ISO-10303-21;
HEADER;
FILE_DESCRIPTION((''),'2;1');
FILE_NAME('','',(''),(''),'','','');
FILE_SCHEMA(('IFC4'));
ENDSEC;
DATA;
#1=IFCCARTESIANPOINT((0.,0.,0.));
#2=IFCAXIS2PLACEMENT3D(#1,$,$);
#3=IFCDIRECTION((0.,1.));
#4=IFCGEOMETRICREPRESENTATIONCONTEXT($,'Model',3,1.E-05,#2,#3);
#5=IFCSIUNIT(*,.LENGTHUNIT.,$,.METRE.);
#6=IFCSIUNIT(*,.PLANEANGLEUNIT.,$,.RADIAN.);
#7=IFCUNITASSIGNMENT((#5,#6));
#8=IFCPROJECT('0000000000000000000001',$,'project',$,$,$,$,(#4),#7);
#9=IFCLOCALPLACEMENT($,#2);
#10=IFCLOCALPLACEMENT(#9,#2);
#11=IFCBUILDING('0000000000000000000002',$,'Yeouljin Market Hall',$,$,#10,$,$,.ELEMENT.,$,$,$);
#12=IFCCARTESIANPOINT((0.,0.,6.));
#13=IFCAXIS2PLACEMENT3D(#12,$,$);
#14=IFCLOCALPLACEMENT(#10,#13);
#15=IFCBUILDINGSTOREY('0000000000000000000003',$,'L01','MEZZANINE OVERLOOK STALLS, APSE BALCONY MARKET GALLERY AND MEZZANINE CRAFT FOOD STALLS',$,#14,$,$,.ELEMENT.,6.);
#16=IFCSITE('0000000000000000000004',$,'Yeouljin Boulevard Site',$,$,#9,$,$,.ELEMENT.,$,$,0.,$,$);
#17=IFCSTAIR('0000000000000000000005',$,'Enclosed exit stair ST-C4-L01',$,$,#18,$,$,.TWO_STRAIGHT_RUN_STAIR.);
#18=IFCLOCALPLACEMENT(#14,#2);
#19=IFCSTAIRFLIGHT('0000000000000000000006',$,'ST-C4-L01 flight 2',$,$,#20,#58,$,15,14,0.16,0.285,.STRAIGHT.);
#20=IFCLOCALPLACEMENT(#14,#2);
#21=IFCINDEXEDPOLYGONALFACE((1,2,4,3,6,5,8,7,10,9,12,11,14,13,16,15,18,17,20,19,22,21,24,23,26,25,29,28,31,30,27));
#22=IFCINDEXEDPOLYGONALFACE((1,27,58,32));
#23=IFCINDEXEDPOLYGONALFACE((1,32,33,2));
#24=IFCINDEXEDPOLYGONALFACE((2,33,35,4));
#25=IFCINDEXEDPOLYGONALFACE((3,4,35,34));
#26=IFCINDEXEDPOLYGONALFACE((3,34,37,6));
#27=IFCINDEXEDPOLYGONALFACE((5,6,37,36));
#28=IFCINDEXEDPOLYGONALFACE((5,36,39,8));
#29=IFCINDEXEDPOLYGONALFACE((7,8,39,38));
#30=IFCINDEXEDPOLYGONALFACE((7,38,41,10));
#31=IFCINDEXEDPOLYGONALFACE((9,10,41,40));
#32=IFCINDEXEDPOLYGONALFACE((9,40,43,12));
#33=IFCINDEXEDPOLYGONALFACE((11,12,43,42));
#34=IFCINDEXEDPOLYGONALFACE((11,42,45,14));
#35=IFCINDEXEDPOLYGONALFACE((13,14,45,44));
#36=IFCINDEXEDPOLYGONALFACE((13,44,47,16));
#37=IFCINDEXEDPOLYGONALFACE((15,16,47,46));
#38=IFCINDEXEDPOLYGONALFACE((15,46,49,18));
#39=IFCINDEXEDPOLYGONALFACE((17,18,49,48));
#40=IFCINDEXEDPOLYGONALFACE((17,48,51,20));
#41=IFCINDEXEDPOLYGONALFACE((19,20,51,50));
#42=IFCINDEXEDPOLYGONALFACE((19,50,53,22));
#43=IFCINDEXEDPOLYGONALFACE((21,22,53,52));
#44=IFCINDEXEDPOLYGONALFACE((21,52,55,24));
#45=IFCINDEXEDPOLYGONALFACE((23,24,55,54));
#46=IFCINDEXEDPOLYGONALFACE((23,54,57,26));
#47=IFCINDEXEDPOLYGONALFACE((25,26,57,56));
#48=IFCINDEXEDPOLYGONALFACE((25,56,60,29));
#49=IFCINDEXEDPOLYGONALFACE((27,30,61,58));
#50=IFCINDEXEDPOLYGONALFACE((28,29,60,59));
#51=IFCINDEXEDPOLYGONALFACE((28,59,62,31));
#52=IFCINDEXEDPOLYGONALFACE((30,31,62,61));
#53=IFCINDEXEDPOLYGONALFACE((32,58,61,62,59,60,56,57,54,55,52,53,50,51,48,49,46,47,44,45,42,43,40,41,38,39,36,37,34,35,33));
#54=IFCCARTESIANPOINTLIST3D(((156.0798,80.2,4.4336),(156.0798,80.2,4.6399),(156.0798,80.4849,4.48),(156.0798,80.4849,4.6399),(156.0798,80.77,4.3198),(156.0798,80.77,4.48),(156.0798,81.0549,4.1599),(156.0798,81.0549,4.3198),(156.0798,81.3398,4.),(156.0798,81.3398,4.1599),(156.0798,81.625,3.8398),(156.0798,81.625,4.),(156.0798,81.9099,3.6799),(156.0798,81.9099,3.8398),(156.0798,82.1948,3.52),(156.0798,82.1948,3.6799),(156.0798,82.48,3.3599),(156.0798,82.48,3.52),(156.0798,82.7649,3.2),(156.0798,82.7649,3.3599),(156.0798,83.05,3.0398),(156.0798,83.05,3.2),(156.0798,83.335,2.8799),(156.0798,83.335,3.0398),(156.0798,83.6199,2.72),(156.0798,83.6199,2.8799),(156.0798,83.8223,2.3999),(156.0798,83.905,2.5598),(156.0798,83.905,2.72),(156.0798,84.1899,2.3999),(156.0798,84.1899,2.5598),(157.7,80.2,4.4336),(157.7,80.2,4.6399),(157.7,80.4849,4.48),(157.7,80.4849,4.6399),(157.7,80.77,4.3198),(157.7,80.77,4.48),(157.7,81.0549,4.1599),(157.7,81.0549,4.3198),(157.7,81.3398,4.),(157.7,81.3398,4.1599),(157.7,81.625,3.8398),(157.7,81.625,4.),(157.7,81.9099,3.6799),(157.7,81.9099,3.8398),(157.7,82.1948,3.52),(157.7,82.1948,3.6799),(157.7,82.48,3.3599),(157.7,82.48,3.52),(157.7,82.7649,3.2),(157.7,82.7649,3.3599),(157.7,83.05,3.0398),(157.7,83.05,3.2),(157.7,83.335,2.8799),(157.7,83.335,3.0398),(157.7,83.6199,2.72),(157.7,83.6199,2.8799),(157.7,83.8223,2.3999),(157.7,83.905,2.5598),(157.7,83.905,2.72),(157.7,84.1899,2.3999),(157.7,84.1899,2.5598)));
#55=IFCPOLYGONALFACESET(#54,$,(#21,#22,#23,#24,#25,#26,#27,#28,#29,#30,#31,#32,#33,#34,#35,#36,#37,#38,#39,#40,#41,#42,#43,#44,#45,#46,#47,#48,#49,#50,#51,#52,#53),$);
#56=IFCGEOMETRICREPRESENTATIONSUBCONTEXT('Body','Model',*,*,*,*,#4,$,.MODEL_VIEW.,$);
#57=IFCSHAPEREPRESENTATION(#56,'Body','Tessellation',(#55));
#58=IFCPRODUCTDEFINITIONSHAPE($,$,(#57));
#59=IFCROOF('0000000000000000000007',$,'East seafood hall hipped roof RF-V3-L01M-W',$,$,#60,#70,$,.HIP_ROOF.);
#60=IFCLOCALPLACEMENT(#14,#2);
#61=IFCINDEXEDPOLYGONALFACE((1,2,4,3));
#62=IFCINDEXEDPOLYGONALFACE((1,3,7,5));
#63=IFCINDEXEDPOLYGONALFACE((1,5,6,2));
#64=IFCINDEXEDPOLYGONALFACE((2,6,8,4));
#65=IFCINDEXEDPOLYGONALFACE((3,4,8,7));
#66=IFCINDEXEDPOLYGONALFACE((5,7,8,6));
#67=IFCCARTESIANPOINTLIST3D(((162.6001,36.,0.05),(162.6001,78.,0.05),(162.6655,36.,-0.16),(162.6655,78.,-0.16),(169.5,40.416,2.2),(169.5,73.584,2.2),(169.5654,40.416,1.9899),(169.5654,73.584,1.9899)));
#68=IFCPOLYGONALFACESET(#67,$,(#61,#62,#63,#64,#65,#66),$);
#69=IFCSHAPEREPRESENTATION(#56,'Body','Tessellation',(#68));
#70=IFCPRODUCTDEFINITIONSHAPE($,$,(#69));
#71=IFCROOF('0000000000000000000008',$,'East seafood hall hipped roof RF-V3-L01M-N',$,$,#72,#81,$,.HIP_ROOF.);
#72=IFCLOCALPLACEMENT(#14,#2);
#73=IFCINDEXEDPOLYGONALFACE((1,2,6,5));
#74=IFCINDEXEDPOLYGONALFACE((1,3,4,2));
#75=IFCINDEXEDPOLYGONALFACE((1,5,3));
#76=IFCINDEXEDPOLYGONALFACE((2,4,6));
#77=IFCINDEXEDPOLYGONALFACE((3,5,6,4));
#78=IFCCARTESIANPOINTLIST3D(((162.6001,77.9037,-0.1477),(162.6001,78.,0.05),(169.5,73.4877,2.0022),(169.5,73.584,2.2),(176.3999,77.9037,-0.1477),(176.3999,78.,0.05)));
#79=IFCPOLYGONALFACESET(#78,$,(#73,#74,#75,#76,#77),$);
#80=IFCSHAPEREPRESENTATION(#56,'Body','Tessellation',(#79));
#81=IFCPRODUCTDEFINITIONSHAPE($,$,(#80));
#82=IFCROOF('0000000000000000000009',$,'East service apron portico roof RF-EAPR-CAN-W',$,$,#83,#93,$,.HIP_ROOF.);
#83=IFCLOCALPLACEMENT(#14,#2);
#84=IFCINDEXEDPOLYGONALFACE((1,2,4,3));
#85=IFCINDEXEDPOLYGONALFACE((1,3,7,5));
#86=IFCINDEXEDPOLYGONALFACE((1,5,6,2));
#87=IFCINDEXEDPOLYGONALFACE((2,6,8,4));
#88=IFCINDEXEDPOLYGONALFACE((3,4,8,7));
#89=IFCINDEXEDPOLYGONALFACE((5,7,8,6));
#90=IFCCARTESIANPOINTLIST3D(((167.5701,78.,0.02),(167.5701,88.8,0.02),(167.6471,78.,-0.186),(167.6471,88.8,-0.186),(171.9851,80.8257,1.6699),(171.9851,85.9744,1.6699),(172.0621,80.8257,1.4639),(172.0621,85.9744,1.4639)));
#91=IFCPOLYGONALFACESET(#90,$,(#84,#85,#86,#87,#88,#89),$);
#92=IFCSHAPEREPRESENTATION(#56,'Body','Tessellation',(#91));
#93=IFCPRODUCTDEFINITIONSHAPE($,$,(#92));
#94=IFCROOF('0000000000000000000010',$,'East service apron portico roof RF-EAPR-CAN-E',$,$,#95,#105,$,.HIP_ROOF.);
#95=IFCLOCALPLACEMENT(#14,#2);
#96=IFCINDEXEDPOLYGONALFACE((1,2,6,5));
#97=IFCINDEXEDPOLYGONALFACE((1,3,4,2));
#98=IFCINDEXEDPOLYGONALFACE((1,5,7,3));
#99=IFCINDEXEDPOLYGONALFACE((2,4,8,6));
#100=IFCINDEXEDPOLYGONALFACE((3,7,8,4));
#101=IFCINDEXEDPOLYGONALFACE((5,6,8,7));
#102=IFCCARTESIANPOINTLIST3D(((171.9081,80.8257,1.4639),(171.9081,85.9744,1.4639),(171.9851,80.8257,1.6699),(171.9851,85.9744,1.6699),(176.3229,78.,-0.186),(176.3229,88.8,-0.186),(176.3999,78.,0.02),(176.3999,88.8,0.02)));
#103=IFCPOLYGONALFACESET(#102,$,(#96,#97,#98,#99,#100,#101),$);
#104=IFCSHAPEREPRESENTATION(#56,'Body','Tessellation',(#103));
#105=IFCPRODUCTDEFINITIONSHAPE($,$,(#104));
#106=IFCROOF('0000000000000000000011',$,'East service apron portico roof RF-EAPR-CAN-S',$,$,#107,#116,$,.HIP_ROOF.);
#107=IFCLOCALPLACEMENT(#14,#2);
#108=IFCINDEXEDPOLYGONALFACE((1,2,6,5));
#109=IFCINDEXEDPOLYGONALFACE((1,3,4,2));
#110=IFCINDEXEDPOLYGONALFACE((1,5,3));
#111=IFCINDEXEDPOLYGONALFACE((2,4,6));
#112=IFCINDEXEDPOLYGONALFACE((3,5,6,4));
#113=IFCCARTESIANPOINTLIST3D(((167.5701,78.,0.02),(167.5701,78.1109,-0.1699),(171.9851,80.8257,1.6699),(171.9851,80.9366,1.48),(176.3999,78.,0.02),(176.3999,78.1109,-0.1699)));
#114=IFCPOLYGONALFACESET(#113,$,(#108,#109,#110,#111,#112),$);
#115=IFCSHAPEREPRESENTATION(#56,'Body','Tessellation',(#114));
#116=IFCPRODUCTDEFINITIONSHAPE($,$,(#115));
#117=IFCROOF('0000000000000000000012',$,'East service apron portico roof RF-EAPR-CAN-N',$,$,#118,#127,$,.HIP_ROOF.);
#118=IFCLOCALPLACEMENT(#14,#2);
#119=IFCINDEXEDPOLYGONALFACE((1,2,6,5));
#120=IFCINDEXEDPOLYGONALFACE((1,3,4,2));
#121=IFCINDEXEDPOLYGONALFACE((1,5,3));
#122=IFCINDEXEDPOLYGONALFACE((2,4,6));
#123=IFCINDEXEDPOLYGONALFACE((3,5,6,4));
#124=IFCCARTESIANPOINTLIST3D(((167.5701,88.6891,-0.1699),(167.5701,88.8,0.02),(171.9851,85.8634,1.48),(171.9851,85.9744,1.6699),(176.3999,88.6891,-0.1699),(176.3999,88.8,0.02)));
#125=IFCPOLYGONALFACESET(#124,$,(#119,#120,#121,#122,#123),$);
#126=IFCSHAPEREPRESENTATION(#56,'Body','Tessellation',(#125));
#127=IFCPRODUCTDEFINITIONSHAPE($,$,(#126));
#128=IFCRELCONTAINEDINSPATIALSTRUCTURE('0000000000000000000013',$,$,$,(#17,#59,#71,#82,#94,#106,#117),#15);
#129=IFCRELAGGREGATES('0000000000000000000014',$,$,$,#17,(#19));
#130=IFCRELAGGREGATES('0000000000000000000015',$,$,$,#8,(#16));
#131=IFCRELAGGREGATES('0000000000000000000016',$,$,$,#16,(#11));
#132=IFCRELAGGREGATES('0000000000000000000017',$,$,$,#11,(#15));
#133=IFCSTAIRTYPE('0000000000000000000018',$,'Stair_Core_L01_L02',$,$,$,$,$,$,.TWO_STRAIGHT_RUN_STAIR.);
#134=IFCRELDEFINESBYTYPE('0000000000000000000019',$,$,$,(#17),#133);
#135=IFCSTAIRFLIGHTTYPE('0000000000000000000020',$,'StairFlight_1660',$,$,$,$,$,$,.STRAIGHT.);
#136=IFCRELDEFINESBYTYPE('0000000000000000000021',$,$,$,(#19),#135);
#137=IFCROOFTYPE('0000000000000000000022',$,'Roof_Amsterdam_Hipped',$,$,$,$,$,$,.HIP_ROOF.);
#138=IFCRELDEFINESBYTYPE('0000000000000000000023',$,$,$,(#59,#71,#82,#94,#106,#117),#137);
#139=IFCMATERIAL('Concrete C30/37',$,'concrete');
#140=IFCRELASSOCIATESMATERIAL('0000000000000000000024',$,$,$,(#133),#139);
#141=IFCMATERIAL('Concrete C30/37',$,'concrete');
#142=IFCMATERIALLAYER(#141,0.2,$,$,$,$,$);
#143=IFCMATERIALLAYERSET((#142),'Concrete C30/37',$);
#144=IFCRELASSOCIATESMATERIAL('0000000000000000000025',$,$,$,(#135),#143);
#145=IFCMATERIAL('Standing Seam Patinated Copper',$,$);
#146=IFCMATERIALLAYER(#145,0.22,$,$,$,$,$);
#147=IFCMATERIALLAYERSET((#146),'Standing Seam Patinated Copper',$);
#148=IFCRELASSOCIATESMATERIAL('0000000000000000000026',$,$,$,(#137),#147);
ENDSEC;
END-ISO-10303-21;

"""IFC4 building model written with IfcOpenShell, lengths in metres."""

from ifc_helpers import new_model, si_unit, direction, frame, origin, place, context, subcontext, project, spatial, polyline, outline, extrude, material, layer, layer_set, type_object, element, aggregate, save


model = new_model("IFC4")

# Units and contexts
model_context = context("Model", 3, precision=1e-05, world=origin(), true_north=direction((0.0, 1.0)))
body_context = subcontext(model_context, "Body", "Model", "MODEL_VIEW")
ifc_project = project(units=[si_unit("LENGTHUNIT", "METRE"), si_unit("PLANEANGLEUNIT", "RADIAN")], contexts=[model_context])

# Site, building, storey
site_placement = place(None, origin())
site = spatial("IfcSite", under=ifc_project, at=site_placement, Name="Yeouljin Boulevard Site", CompositionType="ELEMENT", RefElevation=0.0)
building_placement = place(site_placement, origin())
building = spatial("IfcBuilding", under=site, at=building_placement, Name="Yeouljin Market Hall", CompositionType="ELEMENT")
storey_placement = place(building_placement, frame((0.0, 0.0, 6.0)))
storey = spatial("IfcBuildingStorey", under=building, at=storey_placement, Name="L01", Description="MEZZANINE OVERLOOK STALLS, APSE BALCONY MARKET GALLERY AND MEZZANINE CRAFT FOOD STALLS", CompositionType="ELEMENT", Elevation=6.0)

# Stair, stair flight
ifc_material_1 = material(Name="Concrete C30/37", Category="concrete")
stair_type = type_object("IfcStairType", Name="Stair_Core_L01_L02", PredefinedType="TWO_STRAIGHT_RUN_STAIR", material=ifc_material_1)
stair_placement = place(storey_placement, origin())
stair = element("IfcStair", 1, at=stair_placement, inside=storey, type_object=stair_type, Name="Enclosed exit stair ST-C4-L01", PredefinedType="TWO_STRAIGHT_RUN_STAIR")
ifc_material_2 = material(Name="Concrete C30/37", Category="concrete")
ifc_layer_1 = layer(ifc_material_2, 0.2)
ifc_layer_set_1 = layer_set([ifc_layer_1], Name="Concrete C30/37")
stair_flight_type = type_object("IfcStairFlightType", Name="StairFlight_1660", PredefinedType="STRAIGHT", material=ifc_layer_set_1)
stair_flight_placement = place(storey_placement, frame((156.8899, 84.1899, 2.3999), z_axis=(0.0, 0.0, 1.0), x_axis=(0.0, -1.0, 0.0)))
stair_flight = element("IfcStairFlight", 2, at=stair_flight_placement, type_object=stair_flight_type, Name="ST-C4-L01 flight 2", NumberOfRisers=15, NumberOfTreads=14, PredefinedType="STRAIGHT", RiserHeight=0.16, TreadLength=0.285, context=body_context, shape_type="SweptSolid", body=[
    extrude(outline(polyline([(0.0, 0.0), (0.0, 0.1599), (0.2849, 0.1599), (0.2849, 0.3201), (0.5701, 0.3201), (0.5701, 0.48), (0.855, 0.48), (0.855, 0.6399), (1.1399, 0.6399), (1.1399, 0.8), (1.425, 0.8), (1.425, 0.96), (1.71, 0.96), (1.71, 1.1201), (1.9951, 1.1201), (1.9951, 1.28), (2.28, 1.28), (2.28, 1.4399), (2.5649, 1.4399), (2.5649, 1.6001), (2.8501, 1.6001), (2.8501, 1.76), (3.135, 1.76), (3.135, 1.9199), (3.4199, 1.9199), (3.4199, 2.0801), (3.7051, 2.0801), (3.7051, 2.24), (3.99, 2.24), (3.99, 2.3999), (3.99, 2.0337), (0.3677, 0.0), (0.0, 0.0)])), frame((0.0, 0.8101, 0.0), z_axis=(0.0, -1.0, 0.0), x_axis=(1.0, 0.0, 0.0)), (0.0, 0.0, 1.0), 1.6201),
])
aggregate(stair, [stair_flight])

# Roofs
ifc_material_3 = material(Name="Standing Seam Patinated Copper")
ifc_layer_2 = layer(ifc_material_3, 0.22)
ifc_layer_set_2 = layer_set([ifc_layer_2], Name="Standing Seam Patinated Copper")
roof_type = type_object("IfcRoofType", Name="Roof_Amsterdam_Hipped", PredefinedType="HIP_ROOF", material=ifc_layer_set_2)
roof_1_placement = place(storey_placement, frame((162.6001, 78.0, 0.05), z_axis=(-0.297479, 0.0, 0.954728), x_axis=(0.0, -1.0, 0.0)))
element("IfcRoof", 3, at=roof_1_placement, inside=storey, type_object=roof_type, Name="East seafood hall hipped roof RF-V3-L01M-W", PredefinedType="HIP_ROOF", context=body_context, shape_type="SweptSolid", body=[
    extrude(outline(polyline([(0.0, 0.0), (42.0, 0.0), (37.584, 7.2271), (4.416, 7.2271), (0.0, 0.0)])), origin(), (0.0, 0.0, -1.0), 0.22),
])
roof_2_placement = place(storey_placement, frame((176.3999, 78.0, 0.05), z_axis=(0.0, 0.437724, 0.899109), x_axis=(-1.0, 0.0, 0.0)))
element("IfcRoof", 4, at=roof_2_placement, inside=storey, type_object=roof_type, Name="East seafood hall hipped roof RF-V3-L01M-N", PredefinedType="HIP_ROOF", context=body_context, shape_type="SweptSolid", body=[
    extrude(outline(polyline([(0.0, 0.0), (13.7998, 0.0), (6.8999, 4.9115), (0.0, 0.0)])), origin(), (0.0, 0.0, -1.0), 0.22),
])
roof_3_placement = place(storey_placement, frame((167.5701, 88.8, 0.02), z_axis=(-0.350056, 0.0, 0.936729), x_axis=(0.0, -1.0, 0.0)))
element("IfcRoof", 5, at=roof_3_placement, inside=storey, type_object=roof_type, Name="East service apron portico roof RF-EAPR-CAN-W", PredefinedType="HIP_ROOF", context=body_context, shape_type="SweptSolid", body=[
    extrude(outline(polyline([(0.0, 0.0), (10.8, 0.0), (7.9744, 4.7133), (2.8257, 4.7133), (0.0, 0.0)])), origin(), (0.0, 0.0, -1.0), 0.22),
])
roof_4_placement = place(storey_placement, frame((176.3999, 78.0, 0.02), z_axis=(0.350073, 0.0, 0.936722), x_axis=(0.0, 1.0, 0.0)))
element("IfcRoof", 6, at=roof_4_placement, inside=storey, type_object=roof_type, Name="East service apron portico roof RF-EAPR-CAN-E", PredefinedType="HIP_ROOF", context=body_context, shape_type="SweptSolid", body=[
    extrude(outline(polyline([(0.0, 0.0), (10.8, 0.0), (7.9744, 4.713), (2.8257, 4.713), (0.0, 0.0)])), origin(), (0.0, 0.0, -1.0), 0.22),
])
roof_5_placement = place(storey_placement, frame((167.5701, 78.0, 0.02), z_axis=(0.0, -0.504233, 0.863568), x_axis=(1.0, 0.0, 0.0)))
element("IfcRoof", 7, at=roof_5_placement, inside=storey, type_object=roof_type, Name="East service apron portico roof RF-EAPR-CAN-S", PredefinedType="HIP_ROOF", context=body_context, shape_type="SweptSolid", body=[
    extrude(outline(polyline([(0.0, 0.0), (8.8298, 0.0), (4.415, 3.2721), (0.0, 0.0)])), origin(), (0.0, 0.0, -1.0), 0.22),
])
roof_6_placement = place(storey_placement, frame((176.3999, 88.8, 0.02), z_axis=(0.0, 0.504233, 0.863568), x_axis=(-1.0, 0.0, 0.0)))
element("IfcRoof", 8, at=roof_6_placement, inside=storey, type_object=roof_type, Name="East service apron portico roof RF-EAPR-CAN-N", PredefinedType="HIP_ROOF", context=body_context, shape_type="SweptSolid", body=[
    extrude(outline(polyline([(0.0, 0.0), (8.8298, 0.0), (4.4148, 3.2721), (0.0, 0.0)])), origin(), (0.0, 0.0, -1.0), 0.22),
])

save(model, "model.ifc")
